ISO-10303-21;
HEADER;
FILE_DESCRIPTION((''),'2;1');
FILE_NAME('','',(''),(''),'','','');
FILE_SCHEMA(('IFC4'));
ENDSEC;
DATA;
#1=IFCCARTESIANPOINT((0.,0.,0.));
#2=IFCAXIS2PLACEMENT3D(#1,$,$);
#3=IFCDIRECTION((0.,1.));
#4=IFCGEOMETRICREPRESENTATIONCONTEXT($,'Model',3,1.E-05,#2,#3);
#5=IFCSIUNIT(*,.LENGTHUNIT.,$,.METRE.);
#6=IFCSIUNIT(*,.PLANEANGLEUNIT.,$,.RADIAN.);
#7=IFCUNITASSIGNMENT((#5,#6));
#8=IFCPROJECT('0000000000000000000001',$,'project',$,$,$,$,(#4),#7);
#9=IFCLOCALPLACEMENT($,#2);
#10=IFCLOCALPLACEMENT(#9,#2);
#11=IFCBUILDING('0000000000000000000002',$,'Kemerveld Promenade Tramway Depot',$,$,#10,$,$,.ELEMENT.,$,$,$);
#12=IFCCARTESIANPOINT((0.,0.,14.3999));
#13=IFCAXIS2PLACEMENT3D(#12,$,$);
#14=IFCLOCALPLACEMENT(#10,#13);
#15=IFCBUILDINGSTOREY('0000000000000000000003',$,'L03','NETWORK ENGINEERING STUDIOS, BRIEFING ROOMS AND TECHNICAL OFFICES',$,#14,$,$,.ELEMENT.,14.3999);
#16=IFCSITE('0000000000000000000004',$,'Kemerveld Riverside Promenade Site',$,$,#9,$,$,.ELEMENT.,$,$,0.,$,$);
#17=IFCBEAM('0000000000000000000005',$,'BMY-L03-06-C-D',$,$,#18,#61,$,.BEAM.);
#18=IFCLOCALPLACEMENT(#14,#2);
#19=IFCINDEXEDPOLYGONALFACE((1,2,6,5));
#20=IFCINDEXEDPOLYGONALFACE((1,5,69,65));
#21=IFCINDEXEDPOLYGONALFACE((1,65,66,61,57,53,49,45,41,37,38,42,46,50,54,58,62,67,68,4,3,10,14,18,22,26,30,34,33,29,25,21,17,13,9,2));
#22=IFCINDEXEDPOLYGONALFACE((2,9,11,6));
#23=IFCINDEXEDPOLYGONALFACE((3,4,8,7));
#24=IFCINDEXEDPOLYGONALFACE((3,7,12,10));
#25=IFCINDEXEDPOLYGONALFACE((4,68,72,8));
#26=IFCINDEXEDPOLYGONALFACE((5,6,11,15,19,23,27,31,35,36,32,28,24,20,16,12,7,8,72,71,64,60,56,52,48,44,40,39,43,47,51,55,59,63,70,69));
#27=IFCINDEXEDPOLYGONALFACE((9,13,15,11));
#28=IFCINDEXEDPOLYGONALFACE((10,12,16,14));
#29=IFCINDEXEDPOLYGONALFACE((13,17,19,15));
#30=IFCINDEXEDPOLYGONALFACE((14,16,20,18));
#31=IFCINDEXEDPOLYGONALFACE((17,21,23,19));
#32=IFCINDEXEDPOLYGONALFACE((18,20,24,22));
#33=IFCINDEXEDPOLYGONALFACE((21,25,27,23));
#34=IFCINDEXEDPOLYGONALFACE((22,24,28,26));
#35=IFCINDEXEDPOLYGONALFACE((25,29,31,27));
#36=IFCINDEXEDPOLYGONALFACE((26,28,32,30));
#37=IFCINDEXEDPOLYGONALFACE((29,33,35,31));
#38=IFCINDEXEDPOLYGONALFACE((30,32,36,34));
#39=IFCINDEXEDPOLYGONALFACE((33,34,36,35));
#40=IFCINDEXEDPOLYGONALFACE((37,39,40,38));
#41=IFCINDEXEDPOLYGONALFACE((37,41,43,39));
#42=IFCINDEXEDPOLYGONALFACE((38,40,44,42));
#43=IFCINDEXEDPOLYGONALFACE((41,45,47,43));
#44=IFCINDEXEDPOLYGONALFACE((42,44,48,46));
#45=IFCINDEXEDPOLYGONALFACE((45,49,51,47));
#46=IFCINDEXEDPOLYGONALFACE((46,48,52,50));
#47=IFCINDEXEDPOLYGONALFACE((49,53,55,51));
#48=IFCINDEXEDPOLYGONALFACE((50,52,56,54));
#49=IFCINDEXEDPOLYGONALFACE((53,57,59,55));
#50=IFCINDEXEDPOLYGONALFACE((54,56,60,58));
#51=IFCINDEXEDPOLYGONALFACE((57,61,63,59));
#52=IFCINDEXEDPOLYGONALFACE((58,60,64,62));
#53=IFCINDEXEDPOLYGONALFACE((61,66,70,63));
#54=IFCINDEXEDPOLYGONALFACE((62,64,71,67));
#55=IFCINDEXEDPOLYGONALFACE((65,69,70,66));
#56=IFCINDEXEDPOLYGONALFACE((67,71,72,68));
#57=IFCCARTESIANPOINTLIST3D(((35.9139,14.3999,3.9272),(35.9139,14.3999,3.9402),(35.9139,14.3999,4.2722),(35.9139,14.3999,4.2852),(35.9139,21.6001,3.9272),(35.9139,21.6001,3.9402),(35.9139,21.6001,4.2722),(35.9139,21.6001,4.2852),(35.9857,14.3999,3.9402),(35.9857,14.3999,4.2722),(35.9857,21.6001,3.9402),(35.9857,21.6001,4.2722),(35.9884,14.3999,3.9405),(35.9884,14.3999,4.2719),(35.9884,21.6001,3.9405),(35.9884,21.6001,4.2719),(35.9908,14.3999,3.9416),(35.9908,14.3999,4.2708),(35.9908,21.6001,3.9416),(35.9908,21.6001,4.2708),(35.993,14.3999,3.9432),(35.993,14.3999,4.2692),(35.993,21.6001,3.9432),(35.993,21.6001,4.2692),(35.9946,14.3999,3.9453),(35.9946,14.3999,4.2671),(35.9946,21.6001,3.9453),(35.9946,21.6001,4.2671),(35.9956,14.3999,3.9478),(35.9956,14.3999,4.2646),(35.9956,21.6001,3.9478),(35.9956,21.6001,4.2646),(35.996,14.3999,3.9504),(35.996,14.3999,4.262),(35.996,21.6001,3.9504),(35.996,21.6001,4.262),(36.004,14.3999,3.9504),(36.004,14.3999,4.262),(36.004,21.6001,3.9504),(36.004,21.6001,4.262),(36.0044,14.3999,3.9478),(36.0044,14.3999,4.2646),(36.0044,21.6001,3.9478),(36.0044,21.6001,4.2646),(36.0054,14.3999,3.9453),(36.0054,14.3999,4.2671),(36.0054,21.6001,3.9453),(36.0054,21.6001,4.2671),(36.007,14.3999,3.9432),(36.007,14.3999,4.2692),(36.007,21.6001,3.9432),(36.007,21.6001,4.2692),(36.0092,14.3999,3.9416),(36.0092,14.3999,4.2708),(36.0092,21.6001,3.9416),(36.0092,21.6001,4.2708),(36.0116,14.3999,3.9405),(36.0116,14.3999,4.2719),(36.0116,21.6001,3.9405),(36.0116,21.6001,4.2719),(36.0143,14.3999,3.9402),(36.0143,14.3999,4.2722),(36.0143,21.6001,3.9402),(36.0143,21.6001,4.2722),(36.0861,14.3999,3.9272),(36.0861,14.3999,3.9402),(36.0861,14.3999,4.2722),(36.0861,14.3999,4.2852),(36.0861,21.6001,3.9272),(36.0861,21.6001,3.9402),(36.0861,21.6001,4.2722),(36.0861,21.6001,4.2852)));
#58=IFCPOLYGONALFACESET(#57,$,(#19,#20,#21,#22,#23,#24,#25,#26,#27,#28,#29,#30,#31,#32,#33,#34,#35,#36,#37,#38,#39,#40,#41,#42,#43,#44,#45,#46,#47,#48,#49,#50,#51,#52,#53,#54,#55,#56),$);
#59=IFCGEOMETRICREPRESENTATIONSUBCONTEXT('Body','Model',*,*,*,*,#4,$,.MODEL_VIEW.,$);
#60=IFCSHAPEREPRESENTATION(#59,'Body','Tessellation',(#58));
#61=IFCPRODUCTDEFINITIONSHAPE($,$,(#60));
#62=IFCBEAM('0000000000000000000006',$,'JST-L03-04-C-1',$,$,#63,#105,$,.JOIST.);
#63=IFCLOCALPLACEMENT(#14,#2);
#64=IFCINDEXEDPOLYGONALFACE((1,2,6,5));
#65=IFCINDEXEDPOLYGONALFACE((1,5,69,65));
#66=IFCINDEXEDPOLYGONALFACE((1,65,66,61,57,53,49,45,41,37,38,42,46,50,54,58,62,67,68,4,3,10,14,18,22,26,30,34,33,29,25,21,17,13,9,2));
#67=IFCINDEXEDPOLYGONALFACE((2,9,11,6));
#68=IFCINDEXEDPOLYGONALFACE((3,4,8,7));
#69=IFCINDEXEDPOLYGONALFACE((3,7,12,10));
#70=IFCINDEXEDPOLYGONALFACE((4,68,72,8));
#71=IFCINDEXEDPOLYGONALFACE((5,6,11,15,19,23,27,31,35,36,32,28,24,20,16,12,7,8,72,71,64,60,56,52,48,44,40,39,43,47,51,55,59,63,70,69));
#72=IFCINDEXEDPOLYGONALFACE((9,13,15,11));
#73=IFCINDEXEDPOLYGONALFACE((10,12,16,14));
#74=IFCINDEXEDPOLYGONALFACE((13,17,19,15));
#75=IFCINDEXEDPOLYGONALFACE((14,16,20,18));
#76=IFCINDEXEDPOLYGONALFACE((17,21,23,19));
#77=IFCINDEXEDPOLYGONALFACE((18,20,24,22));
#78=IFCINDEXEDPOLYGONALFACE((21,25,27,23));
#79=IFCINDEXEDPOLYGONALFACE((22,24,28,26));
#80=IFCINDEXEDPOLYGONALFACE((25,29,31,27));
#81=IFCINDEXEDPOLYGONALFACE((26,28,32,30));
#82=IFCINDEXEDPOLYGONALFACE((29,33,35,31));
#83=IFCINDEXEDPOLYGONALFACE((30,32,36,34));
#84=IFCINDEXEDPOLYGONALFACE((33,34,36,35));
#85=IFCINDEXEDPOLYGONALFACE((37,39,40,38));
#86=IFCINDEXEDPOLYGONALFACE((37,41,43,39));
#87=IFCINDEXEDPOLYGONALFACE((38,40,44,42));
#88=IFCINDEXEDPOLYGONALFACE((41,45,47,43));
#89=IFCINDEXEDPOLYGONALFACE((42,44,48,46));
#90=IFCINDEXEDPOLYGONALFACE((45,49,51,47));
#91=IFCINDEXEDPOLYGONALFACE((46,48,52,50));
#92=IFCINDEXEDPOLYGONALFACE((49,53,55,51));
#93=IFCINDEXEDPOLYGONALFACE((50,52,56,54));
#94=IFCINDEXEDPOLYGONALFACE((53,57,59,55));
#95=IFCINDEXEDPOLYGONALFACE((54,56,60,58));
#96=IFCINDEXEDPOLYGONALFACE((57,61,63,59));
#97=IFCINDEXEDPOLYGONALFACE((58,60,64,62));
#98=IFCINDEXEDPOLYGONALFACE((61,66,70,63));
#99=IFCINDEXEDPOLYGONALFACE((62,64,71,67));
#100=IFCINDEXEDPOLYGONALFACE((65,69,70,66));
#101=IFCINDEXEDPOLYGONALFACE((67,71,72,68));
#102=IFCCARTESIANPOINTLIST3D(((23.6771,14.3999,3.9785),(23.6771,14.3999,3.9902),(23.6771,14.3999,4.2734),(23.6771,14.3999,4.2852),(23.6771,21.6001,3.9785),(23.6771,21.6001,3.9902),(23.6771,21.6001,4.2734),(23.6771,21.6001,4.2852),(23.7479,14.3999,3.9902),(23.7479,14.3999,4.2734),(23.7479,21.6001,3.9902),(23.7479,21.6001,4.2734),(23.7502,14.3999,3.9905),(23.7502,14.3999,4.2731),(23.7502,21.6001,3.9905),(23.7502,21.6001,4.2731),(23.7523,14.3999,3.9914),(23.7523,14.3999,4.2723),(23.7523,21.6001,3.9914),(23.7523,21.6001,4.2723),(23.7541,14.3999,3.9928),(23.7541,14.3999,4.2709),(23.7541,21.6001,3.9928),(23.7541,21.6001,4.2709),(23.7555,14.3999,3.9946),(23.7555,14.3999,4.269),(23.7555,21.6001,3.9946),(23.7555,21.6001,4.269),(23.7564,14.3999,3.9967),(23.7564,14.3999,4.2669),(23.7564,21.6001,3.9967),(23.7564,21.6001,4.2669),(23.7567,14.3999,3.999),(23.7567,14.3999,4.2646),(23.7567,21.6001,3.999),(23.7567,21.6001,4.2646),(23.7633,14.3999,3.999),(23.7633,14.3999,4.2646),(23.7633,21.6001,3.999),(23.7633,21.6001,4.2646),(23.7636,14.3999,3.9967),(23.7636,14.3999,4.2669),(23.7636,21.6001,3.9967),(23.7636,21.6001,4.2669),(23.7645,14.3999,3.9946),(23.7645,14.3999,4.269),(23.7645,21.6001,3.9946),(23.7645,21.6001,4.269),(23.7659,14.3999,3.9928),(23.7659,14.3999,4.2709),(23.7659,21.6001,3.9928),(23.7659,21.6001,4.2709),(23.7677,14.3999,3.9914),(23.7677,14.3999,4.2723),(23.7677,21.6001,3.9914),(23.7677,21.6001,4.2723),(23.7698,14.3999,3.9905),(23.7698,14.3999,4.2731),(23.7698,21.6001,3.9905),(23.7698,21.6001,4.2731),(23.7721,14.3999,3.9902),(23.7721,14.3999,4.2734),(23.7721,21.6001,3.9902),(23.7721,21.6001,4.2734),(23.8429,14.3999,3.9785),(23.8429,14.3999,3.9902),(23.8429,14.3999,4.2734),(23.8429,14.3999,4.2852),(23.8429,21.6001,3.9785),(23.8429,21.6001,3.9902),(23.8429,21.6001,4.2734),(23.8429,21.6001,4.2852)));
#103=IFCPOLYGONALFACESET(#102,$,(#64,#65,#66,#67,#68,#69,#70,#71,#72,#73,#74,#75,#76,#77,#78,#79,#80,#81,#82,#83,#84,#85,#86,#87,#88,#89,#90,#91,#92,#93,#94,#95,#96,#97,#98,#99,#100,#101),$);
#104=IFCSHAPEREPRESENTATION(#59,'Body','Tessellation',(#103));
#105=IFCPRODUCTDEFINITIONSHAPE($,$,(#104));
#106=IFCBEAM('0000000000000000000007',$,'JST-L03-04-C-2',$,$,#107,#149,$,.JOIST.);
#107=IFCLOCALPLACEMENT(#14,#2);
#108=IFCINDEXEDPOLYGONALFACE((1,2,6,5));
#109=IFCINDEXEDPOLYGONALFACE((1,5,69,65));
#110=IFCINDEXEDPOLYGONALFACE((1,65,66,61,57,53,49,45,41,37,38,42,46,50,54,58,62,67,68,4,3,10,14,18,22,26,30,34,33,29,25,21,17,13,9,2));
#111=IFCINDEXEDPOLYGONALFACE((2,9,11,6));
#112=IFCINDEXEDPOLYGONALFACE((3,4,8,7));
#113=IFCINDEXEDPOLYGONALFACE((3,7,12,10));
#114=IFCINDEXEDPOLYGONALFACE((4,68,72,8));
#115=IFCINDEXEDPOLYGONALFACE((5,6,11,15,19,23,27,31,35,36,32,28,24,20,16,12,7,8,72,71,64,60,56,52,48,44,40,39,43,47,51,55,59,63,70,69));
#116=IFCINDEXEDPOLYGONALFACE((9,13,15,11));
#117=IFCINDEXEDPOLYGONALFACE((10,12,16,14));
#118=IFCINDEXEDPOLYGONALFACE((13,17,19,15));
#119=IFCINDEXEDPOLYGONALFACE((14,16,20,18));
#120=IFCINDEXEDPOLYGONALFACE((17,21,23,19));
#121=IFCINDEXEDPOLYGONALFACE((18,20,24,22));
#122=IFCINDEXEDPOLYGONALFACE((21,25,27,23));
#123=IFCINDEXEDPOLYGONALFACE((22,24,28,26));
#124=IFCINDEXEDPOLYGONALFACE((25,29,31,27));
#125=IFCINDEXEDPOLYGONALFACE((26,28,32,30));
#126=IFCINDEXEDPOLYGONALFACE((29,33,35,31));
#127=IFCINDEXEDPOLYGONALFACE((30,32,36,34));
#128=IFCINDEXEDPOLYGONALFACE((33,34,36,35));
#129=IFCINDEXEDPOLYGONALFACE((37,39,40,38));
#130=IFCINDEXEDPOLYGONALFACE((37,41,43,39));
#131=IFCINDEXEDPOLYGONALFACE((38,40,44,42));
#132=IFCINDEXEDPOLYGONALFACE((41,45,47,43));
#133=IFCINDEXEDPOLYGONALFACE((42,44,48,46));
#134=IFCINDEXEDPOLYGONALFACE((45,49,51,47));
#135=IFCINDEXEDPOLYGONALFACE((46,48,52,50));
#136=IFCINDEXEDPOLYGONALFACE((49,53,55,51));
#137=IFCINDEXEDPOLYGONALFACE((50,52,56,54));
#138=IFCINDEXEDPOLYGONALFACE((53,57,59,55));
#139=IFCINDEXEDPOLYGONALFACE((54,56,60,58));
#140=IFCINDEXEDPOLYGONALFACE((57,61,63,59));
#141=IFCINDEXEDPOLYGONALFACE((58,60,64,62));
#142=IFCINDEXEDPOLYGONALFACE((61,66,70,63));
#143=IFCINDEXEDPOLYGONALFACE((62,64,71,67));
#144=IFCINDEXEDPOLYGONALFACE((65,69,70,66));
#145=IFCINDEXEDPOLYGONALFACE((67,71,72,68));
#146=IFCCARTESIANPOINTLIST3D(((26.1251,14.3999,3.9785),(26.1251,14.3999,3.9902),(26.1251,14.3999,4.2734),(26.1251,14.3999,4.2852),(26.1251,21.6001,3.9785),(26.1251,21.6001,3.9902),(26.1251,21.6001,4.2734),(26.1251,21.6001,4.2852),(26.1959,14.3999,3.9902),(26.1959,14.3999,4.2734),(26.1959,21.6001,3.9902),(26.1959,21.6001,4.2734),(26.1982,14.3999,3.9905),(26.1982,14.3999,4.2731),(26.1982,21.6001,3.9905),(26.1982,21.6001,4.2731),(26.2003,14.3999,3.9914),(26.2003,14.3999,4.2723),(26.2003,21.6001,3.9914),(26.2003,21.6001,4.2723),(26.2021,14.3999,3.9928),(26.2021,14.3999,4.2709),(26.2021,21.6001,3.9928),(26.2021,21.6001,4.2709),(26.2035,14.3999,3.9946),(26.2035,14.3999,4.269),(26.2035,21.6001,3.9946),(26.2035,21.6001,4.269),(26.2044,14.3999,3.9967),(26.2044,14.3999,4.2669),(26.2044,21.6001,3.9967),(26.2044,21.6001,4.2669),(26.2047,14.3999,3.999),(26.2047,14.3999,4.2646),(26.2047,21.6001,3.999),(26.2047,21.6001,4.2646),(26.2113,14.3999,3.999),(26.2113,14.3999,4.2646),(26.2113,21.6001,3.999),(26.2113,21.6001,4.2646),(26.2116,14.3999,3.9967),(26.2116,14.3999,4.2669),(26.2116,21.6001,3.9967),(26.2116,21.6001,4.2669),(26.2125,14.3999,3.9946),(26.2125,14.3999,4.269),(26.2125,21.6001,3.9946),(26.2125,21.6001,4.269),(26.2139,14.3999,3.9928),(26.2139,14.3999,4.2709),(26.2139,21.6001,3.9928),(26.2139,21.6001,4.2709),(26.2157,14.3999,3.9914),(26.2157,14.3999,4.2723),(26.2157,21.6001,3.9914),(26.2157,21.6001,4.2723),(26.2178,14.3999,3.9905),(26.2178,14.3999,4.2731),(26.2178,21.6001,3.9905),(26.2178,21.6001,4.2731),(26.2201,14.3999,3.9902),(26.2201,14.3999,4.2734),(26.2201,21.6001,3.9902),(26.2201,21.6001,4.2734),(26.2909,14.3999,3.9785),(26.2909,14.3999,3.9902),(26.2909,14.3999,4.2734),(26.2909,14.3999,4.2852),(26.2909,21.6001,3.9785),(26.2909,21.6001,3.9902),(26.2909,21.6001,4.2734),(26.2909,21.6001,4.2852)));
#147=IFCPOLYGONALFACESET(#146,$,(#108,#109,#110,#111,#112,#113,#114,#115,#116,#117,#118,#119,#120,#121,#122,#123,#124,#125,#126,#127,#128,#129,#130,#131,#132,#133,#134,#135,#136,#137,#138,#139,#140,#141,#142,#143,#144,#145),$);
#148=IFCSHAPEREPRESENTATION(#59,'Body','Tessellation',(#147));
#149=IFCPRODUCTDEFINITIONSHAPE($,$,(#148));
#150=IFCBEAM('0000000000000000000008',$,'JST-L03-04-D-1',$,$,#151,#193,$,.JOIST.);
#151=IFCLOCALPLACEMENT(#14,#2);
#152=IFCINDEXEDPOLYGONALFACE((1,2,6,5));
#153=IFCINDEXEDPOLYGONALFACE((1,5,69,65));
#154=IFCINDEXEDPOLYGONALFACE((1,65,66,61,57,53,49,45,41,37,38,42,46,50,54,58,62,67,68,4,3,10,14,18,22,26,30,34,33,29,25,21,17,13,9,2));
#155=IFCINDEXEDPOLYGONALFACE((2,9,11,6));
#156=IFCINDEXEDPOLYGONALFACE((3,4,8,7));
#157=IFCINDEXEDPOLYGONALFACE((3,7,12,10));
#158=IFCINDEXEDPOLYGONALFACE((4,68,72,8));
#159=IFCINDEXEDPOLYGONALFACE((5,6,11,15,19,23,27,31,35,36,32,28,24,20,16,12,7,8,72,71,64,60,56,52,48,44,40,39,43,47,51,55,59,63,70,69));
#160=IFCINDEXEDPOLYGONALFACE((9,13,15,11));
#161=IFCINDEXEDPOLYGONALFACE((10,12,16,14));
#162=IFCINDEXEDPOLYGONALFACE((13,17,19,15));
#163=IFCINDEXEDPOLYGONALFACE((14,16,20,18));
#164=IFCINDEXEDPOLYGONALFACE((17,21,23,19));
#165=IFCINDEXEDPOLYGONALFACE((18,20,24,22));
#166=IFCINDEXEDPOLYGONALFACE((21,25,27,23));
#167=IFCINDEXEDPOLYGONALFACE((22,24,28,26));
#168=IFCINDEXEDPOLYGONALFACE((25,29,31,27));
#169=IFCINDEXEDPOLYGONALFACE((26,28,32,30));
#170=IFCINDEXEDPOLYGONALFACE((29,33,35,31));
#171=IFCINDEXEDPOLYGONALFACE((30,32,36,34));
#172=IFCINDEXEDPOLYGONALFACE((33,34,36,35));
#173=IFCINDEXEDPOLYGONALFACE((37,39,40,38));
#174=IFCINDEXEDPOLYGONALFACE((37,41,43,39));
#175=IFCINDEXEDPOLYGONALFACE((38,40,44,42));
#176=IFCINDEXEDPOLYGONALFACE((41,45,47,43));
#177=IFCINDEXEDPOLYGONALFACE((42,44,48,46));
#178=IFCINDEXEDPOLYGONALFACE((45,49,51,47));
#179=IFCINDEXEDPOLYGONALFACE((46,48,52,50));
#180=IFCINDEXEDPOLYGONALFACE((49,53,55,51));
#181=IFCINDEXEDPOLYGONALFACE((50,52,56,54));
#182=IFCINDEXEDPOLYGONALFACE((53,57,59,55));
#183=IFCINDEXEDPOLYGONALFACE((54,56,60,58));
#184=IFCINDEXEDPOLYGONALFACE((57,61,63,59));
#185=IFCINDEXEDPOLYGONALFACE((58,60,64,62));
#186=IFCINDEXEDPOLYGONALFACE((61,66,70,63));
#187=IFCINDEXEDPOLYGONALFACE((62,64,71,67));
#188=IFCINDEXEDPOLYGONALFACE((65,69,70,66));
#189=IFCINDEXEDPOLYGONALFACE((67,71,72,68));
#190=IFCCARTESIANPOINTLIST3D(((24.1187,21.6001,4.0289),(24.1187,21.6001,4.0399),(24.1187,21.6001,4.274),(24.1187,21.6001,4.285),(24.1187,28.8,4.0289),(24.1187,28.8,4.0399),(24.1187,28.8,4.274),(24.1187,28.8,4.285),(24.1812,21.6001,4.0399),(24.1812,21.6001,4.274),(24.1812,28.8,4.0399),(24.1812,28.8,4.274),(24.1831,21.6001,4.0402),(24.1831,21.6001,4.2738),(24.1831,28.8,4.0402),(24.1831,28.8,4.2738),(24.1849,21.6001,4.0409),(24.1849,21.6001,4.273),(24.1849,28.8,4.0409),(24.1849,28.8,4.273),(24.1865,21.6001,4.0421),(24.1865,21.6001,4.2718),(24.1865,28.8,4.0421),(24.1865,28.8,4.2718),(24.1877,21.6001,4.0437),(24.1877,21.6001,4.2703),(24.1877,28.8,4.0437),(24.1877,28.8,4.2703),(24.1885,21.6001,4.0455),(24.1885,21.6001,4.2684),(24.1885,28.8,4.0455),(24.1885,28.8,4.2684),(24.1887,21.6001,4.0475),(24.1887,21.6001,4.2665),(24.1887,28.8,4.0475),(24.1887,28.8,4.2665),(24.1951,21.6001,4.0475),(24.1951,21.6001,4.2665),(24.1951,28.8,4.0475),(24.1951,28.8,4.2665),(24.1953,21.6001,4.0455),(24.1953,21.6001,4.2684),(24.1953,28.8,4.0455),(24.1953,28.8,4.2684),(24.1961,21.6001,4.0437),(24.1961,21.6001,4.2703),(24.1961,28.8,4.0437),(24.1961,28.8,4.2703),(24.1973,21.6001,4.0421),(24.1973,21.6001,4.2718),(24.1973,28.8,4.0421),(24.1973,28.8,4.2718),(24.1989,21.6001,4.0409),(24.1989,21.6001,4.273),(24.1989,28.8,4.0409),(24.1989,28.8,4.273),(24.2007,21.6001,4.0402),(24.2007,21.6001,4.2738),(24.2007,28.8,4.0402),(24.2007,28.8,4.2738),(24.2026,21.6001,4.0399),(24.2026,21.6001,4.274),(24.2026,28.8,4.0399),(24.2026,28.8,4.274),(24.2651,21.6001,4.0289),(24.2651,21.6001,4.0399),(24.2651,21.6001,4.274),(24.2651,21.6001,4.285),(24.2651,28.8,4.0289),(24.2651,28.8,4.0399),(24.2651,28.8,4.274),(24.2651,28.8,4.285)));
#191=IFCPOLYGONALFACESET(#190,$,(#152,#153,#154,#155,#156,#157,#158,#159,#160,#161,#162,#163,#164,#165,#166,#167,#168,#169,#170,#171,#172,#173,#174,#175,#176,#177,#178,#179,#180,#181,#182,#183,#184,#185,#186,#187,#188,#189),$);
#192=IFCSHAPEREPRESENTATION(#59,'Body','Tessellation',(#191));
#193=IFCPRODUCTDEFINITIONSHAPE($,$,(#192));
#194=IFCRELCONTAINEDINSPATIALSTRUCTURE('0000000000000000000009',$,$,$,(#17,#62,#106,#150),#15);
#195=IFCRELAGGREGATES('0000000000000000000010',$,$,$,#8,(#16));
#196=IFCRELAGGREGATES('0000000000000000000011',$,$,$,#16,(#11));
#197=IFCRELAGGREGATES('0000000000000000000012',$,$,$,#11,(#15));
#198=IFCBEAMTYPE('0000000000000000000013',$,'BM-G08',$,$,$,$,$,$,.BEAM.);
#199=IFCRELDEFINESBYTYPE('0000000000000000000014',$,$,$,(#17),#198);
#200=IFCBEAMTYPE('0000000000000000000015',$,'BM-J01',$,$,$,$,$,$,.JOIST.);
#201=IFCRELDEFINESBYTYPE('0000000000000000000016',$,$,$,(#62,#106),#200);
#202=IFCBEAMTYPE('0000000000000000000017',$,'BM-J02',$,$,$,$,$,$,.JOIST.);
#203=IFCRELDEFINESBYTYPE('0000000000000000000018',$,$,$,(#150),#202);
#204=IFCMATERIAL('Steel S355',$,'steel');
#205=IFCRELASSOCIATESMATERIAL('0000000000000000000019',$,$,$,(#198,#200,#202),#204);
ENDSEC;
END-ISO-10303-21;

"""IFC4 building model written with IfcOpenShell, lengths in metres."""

from ifc_helpers import new_model, si_unit, direction, frame, origin, origin_2d, place, context, subcontext, project, spatial, i_section, extrude, material, material_profile, profile_set, type_object, element, save


model = new_model("IFC4")

# Units and contexts
model_context = context("Model", 3, precision=1e-05, world=origin(), true_north=direction((0.0, 1.0)))
body_context = subcontext(model_context, "Body", "Model", "MODEL_VIEW")
ifc_project = project(units=[si_unit("LENGTHUNIT", "METRE"), si_unit("PLANEANGLEUNIT", "RADIAN")], contexts=[model_context])

# Site, building, storey
site_placement = place(None, origin())
site = spatial("IfcSite", under=ifc_project, at=site_placement, Name="Kemerveld Riverside Promenade Site", CompositionType="ELEMENT", RefElevation=0.0)
building_placement = place(site_placement, origin())
building = spatial("IfcBuilding", under=site, at=building_placement, Name="Kemerveld Promenade Tramway Depot", CompositionType="ELEMENT")
storey_placement = place(building_placement, frame((0.0, 0.0, 14.3999)))
storey = spatial("IfcBuildingStorey", under=building, at=storey_placement, Name="L03", Description="NETWORK ENGINEERING STUDIOS, BRIEFING ROOMS AND TECHNICAL OFFICES", CompositionType="ELEMENT", Elevation=14.3999)

# Shared definitions
ifc_material = material(Name="Steel S355", Category="steel")

# Beams
ifc_material_profile_1 = material_profile(ifc_material, i_section(OverallWidth=0.1721, OverallDepth=0.3579, WebThickness=0.0081, FlangeThickness=0.0129, FilletRadius=0.0103, at=origin_2d()), Name="356x171x57 UB")
ifc_profile_set_1 = profile_set([ifc_material_profile_1], Name="Steel S355")
beam_type_1 = type_object("IfcBeamType", Name="BM-G08", PredefinedType="BEAM", material=ifc_profile_set_1)
beam_1_placement = place(storey_placement, frame((36.0, 14.3999, 4.1062), z_axis=(0.0, 1.0, 0.0), x_axis=(-1.0, 0.0, 0.0)))
element("IfcBeam", 1, at=beam_1_placement, inside=storey, type_object=beam_type_1, Name="BMY-L03-06-C-D", PredefinedType="BEAM", context=body_context, shape_type="SweptSolid", body=[
    extrude(i_section(OverallWidth=0.1721, OverallDepth=0.3579, WebThickness=0.0081, FlangeThickness=0.0129, FilletRadius=0.0103, at=origin_2d()), origin(), (0.0, 0.0, 1.0), 7.2002),
])
ifc_material_profile_2 = material_profile(ifc_material, i_section(OverallWidth=0.1658, OverallDepth=0.3066, WebThickness=0.0066, FlangeThickness=0.0117, FilletRadius=0.0088, at=origin_2d()), Name="305x165x46 UB")
ifc_profile_set_2 = profile_set([ifc_material_profile_2], Name="Steel S355")
beam_type_2 = type_object("IfcBeamType", Name="BM-J01", PredefinedType="JOIST", material=ifc_profile_set_2)
for number, where, z_axis, x_axis, name in (
    (2, (23.76, 14.3999, 4.1318), (0.0, 1.0, 0.0), (-1.0, 0.0, 0.0), "JST-L03-04-C-1"),
    (3, (26.208, 14.3999, 4.1318), (0.0, 1.0, 0.0), (-1.0, 0.0, 0.0), "JST-L03-04-C-2"),
):
    element("IfcBeam", number, at=place(storey_placement, frame(where, z_axis=z_axis, x_axis=x_axis)), inside=storey, type_object=beam_type_2, Name=name, PredefinedType="JOIST", context=body_context, shape_type="SweptSolid", body=[
        extrude(i_section(OverallWidth=0.1658, OverallDepth=0.3066, WebThickness=0.0066, FlangeThickness=0.0117, FilletRadius=0.0088, at=origin_2d()), origin(), (0.0, 0.0, 1.0), 7.2002),
    ])
ifc_material_profile_3 = material_profile(ifc_material, i_section(OverallWidth=0.1465, OverallDepth=0.2561, WebThickness=0.0063, FlangeThickness=0.011, FilletRadius=0.0076, at=origin_2d()), Name="254x146x37 UB")
ifc_profile_set_3 = profile_set([ifc_material_profile_3], Name="Steel S355")
beam_type_3 = type_object("IfcBeamType", Name="BM-J02", PredefinedType="JOIST", material=ifc_profile_set_3)
for number, where, z_axis, x_axis, name in (
    (4, (24.1919, 21.6001, 4.157), (0.0, 1.0, 0.0), (-1.0, 0.0, 0.0), "JST-L03-04-D-1"),
):
    element("IfcBeam", number, at=place(storey_placement, frame(where, z_axis=z_axis, x_axis=x_axis)), inside=storey, type_object=beam_type_3, Name=name, PredefinedType="JOIST", context=body_context, shape_type="SweptSolid", body=[
        extrude(i_section(OverallWidth=0.1465, OverallDepth=0.2561, WebThickness=0.0063, FlangeThickness=0.011, FilletRadius=0.0076, at=origin_2d()), origin(), (0.0, 0.0, 1.0), 7.2),
    ])

save(model, "model.ifc")
